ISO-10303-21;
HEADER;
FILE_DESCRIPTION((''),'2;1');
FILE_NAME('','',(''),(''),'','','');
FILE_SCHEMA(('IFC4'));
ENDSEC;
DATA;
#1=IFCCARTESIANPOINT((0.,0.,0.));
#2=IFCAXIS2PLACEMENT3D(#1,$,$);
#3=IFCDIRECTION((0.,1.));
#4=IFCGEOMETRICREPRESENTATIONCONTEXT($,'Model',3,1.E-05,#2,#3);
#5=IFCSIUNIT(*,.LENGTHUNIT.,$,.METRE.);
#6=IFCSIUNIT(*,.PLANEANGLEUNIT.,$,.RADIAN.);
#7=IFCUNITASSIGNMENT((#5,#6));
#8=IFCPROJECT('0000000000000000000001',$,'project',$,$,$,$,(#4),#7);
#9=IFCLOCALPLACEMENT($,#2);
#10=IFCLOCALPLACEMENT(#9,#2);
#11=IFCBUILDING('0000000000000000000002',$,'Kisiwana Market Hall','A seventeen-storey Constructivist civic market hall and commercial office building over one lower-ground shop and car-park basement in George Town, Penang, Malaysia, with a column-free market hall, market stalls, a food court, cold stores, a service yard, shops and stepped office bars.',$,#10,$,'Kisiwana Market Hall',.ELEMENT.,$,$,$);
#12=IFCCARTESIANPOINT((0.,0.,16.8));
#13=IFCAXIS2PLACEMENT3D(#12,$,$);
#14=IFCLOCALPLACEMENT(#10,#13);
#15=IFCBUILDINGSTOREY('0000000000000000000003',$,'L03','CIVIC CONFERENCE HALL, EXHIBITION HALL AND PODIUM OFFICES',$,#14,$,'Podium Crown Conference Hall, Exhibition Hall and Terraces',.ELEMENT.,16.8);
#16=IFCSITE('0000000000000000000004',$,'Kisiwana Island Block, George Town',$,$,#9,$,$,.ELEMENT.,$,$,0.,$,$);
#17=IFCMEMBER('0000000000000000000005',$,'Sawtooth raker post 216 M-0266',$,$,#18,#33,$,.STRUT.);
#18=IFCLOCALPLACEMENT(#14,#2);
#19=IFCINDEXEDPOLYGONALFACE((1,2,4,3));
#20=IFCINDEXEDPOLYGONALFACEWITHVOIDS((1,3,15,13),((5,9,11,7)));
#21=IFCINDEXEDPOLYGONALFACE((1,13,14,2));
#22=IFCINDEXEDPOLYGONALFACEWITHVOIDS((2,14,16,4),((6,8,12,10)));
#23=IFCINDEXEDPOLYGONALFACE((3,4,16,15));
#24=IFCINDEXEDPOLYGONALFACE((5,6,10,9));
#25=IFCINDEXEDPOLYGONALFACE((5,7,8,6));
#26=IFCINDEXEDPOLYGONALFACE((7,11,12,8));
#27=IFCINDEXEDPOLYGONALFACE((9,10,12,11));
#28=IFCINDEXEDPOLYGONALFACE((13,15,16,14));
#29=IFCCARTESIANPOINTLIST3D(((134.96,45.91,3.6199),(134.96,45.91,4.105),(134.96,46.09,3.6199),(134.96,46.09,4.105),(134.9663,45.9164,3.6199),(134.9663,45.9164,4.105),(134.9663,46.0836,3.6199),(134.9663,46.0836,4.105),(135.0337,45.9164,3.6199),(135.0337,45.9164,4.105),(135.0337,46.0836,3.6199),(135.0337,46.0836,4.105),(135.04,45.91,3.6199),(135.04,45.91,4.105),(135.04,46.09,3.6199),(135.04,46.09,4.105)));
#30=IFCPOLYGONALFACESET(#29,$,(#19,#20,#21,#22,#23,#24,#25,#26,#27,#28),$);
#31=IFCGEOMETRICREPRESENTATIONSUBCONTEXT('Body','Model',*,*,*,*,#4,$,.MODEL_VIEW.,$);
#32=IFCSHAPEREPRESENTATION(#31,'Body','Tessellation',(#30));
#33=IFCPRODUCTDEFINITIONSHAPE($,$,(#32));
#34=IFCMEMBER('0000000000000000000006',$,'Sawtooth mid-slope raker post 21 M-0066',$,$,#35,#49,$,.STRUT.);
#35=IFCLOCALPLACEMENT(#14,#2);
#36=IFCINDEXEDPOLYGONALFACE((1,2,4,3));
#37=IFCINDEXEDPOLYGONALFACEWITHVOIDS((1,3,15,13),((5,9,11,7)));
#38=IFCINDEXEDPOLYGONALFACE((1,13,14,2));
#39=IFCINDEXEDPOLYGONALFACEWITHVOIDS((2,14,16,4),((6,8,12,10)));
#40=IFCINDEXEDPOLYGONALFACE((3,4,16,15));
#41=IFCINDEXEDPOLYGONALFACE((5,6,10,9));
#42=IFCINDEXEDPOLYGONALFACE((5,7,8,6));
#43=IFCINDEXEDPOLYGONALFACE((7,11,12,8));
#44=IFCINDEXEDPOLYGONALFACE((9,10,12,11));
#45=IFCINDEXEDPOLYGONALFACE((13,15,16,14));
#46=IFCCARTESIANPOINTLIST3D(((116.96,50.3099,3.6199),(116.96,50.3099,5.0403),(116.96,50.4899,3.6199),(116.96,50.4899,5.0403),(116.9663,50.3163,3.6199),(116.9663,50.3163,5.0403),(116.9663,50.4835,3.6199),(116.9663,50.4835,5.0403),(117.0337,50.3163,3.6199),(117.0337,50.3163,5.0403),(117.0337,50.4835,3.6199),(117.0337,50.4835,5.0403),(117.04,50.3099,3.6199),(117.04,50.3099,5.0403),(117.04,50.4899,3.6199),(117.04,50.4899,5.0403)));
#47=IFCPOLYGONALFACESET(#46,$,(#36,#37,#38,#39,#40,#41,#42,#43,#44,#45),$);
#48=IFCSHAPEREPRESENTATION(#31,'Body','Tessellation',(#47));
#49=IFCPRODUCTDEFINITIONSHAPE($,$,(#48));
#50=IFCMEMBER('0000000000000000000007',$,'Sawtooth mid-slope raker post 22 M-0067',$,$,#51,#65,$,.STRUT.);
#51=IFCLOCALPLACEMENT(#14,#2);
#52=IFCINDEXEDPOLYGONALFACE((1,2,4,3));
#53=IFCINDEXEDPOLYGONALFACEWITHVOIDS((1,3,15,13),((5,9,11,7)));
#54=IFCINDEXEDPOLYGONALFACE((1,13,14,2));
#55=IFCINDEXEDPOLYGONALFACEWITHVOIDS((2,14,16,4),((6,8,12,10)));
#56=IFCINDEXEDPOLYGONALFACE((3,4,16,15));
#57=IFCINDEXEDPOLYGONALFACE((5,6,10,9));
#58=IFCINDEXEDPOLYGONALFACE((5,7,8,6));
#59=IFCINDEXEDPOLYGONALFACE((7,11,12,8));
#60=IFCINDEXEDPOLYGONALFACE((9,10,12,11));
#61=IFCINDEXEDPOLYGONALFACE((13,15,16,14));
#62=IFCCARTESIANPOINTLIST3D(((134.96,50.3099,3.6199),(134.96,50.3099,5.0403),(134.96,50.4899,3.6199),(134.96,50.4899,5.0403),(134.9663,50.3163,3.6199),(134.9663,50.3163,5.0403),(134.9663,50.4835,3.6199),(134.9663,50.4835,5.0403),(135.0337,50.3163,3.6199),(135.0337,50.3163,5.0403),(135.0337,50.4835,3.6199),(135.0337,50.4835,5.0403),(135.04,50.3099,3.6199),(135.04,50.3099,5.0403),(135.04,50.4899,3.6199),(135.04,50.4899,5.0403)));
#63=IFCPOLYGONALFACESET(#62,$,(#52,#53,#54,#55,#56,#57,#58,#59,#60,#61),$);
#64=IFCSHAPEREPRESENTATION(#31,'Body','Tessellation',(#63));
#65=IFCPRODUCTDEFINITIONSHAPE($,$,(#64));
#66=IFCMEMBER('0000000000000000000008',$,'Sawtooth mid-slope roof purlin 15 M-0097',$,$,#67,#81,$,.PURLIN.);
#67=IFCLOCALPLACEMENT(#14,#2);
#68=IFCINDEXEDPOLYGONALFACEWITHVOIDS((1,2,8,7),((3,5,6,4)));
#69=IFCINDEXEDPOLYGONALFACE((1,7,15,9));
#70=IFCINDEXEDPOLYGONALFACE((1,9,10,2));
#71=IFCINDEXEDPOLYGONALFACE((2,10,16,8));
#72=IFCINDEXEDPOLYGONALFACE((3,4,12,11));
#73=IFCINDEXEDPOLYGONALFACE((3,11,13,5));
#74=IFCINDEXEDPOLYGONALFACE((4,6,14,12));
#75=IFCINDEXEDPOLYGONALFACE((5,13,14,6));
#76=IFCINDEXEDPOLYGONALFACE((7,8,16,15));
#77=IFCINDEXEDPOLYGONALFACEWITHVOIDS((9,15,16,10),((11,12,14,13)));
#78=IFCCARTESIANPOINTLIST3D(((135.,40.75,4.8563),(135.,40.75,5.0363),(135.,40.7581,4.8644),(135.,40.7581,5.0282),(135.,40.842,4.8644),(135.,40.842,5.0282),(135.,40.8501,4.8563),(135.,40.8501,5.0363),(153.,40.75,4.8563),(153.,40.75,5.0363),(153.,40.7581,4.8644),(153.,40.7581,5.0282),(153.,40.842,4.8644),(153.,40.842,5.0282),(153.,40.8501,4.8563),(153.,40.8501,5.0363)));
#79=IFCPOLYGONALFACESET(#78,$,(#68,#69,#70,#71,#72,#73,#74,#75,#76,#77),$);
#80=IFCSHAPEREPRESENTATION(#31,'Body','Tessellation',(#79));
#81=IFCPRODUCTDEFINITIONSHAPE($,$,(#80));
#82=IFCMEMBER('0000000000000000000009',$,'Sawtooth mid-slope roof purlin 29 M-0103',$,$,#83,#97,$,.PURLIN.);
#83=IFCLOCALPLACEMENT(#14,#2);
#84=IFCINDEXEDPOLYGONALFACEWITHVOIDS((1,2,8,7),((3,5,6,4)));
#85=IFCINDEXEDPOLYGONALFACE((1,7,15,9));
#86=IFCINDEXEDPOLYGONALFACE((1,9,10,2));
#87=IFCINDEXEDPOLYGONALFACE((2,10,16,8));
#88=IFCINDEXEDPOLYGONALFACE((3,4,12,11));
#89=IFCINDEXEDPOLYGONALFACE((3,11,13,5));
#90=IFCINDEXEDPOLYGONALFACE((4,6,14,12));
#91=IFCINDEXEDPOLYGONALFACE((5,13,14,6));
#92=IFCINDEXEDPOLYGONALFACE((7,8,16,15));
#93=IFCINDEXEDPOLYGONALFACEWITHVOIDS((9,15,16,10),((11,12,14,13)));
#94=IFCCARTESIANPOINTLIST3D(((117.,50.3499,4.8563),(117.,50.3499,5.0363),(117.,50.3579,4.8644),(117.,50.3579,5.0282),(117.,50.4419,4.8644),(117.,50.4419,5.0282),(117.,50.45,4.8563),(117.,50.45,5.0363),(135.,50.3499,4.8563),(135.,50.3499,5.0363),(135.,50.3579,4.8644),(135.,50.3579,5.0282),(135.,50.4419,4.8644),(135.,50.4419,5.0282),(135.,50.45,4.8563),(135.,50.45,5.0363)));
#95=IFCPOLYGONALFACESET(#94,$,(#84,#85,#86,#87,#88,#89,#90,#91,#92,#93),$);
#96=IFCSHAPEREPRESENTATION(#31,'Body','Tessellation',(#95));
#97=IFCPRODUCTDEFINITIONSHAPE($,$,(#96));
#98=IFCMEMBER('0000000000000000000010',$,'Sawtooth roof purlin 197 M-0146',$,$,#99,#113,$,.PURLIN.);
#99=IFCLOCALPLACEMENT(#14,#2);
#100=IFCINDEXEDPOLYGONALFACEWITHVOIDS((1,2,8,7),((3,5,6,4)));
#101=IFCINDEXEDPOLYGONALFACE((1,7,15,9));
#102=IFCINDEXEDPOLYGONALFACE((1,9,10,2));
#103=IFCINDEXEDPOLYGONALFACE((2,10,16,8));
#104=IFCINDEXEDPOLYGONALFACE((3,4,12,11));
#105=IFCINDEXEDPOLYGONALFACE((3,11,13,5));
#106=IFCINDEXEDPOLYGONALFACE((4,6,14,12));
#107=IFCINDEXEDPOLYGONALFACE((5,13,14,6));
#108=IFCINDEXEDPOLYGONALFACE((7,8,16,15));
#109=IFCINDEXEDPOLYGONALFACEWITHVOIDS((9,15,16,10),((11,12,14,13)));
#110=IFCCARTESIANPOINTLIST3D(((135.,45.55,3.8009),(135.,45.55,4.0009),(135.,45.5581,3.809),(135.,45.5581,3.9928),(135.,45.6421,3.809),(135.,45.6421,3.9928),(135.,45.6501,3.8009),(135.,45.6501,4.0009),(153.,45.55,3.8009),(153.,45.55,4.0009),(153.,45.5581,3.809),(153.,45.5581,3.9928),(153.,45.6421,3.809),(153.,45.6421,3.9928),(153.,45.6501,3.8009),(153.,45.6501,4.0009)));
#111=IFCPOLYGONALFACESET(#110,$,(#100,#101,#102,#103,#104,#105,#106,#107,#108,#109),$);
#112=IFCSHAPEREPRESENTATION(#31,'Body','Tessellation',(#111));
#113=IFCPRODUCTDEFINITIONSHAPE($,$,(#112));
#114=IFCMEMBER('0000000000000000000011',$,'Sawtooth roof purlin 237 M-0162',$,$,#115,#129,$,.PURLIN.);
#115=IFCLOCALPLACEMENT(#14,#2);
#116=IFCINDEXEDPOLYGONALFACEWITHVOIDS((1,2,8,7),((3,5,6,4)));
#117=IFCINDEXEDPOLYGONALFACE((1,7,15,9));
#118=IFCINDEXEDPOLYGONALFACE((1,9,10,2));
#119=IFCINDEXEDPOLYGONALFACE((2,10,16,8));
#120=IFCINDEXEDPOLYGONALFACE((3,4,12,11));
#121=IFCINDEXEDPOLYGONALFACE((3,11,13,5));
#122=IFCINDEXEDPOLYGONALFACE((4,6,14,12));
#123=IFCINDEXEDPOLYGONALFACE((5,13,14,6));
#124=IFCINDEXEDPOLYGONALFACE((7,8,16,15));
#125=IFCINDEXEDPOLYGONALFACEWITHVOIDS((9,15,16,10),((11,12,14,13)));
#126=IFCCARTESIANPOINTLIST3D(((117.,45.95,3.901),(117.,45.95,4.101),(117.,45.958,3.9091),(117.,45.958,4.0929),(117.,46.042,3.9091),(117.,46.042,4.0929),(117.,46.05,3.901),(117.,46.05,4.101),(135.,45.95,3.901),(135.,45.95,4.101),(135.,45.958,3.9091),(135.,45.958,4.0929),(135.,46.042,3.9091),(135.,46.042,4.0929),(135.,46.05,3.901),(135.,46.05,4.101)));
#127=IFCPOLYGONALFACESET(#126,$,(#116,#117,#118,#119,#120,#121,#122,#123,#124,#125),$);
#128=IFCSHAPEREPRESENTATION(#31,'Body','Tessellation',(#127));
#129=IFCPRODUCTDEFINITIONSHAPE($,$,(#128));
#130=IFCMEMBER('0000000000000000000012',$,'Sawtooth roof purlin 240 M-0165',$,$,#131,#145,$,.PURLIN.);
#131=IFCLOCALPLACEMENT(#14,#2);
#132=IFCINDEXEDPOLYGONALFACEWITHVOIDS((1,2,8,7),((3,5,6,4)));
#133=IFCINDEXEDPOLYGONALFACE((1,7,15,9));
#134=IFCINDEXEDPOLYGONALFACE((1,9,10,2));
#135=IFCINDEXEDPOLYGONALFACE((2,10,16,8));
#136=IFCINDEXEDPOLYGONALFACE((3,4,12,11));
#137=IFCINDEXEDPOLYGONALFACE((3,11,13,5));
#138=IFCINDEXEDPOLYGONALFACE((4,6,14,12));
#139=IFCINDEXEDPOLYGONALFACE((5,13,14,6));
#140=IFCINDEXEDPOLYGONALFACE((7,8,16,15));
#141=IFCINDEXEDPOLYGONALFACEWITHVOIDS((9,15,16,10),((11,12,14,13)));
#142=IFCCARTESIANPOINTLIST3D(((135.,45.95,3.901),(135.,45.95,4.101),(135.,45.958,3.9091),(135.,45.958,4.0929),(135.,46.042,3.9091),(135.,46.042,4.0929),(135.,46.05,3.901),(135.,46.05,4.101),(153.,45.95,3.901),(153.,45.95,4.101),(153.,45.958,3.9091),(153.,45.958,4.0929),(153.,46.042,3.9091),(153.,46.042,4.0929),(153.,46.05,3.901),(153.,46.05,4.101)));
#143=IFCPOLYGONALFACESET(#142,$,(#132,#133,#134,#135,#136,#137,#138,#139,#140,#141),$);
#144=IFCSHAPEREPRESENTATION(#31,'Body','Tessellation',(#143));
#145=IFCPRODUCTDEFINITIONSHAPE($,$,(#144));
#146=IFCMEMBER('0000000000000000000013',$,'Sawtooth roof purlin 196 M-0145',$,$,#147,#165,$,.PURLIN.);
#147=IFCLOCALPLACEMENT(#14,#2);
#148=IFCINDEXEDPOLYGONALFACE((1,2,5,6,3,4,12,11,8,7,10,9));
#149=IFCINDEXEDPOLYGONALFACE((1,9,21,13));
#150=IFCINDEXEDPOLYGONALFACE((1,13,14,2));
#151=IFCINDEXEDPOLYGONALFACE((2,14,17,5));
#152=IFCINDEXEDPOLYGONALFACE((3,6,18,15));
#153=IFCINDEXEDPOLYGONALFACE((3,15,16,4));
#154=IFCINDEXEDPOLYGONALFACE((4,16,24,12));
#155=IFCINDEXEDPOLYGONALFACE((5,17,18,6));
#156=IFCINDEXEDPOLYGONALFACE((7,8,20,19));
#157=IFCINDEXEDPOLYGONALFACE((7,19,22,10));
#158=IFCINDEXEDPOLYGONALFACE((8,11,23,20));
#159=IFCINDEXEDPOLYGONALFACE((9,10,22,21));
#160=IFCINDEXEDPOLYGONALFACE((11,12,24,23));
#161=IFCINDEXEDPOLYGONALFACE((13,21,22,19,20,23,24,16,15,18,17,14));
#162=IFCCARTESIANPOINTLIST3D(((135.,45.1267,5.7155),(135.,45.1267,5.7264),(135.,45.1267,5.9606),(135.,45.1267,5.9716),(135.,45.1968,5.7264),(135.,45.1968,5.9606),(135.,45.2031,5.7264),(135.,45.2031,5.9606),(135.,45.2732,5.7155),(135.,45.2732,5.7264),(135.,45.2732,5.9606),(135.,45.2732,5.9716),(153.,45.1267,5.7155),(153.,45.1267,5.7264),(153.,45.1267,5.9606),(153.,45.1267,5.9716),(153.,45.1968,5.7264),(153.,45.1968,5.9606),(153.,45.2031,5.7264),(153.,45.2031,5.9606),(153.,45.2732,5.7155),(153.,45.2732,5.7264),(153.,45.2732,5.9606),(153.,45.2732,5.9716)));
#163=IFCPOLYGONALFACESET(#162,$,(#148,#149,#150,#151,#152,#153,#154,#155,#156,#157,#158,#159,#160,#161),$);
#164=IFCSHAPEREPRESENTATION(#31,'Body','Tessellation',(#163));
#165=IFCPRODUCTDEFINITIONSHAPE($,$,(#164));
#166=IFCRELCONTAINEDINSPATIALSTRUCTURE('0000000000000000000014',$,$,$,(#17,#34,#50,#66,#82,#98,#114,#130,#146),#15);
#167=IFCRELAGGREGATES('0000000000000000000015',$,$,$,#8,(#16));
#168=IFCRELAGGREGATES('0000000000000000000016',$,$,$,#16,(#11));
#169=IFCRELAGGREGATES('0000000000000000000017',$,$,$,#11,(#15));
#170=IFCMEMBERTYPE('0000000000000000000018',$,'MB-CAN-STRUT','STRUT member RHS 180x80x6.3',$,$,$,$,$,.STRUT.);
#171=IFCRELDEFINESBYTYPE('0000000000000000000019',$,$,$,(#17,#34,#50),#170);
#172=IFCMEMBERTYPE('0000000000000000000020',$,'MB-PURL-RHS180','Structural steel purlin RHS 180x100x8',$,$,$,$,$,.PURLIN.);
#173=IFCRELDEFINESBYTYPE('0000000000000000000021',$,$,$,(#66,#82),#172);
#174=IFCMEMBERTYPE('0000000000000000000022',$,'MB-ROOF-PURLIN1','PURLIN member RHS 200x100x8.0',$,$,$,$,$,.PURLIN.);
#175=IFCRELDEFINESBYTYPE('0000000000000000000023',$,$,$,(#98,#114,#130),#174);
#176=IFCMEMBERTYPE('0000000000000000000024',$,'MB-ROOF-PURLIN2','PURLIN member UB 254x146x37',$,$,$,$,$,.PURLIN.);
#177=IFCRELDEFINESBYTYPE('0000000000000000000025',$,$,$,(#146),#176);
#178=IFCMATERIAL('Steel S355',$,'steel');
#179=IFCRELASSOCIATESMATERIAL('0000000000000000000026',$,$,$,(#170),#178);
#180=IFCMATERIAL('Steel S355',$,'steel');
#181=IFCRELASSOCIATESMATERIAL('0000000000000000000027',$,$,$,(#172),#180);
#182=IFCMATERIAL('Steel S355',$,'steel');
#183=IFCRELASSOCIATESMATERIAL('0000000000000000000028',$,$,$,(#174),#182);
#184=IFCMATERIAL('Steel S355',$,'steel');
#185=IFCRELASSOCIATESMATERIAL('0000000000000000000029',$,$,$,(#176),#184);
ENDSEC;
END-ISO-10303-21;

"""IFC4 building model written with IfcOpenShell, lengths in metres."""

from ifc_helpers import new_model, si_unit, direction, frame, origin, origin_2d, place, context, subcontext, project, spatial, hollow_rectangle, i_section, extrude, material, material_profile, profile_set, type_object, element, save


model = new_model("IFC4")

# Units and contexts
model_context = context("Model", 3, precision=1e-05, world=origin(), true_north=direction((0.0, 1.0)))
body_context = subcontext(model_context, "Body", "Model", "MODEL_VIEW")
ifc_project = project(units=[si_unit("LENGTHUNIT", "METRE"), si_unit("PLANEANGLEUNIT", "RADIAN")], contexts=[model_context])

# Site, building, storey
site_placement = place(None, origin())
site = spatial("IfcSite", under=ifc_project, at=site_placement, Name="Kisiwana Island Block, George Town", CompositionType="ELEMENT", RefElevation=0.0)
building_placement = place(site_placement, origin())
building = spatial("IfcBuilding", under=site, at=building_placement, Name="Kisiwana Market Hall", Description="A seventeen-storey Constructivist civic market hall and commercial office building over one lower-ground shop and car-park basement in George Town, Penang, Malaysia, with a column-free market hall, market stalls, a food court, cold stores, a service yard, shops and stepped office bars.", LongName="Kisiwana Market Hall", CompositionType="ELEMENT")
storey_placement = place(building_placement, frame((0.0, 0.0, 16.8)))
storey = spatial("IfcBuildingStorey", under=building, at=storey_placement, Name="L03", Description="CIVIC CONFERENCE HALL, EXHIBITION HALL AND PODIUM OFFICES", LongName="Podium Crown Conference Hall, Exhibition Hall and Terraces", CompositionType="ELEMENT", Elevation=16.8)

# Members
ifc_material_1 = material(Name="Steel S355", Category="steel")
ifc_material_profile_1 = material_profile(ifc_material_1, hollow_rectangle(XDim=0.0801, YDim=0.1799, WallThickness=0.0063, at=origin_2d()), Name="RHS 180x80x6.3")
ifc_profile_set_1 = profile_set([ifc_material_profile_1], Name="Steel S355")
member_type_1 = type_object("IfcMemberType", Name="MB-CAN-STRUT", Description="STRUT member RHS 180x80x6.3", PredefinedType="STRUT", material=ifc_profile_set_1)
for number, where, z_axis, x_axis, name in (
    (1, (135.0, 46.0, 3.6199), (0.0, 0.0, 1.0), (1.0, 0.0, 0.0), "Sawtooth raker post 216 M-0266"),
):
    element("IfcMember", number, at=place(storey_placement, frame(where, z_axis=z_axis, x_axis=x_axis)), inside=storey, type_object=member_type_1, Name=name, PredefinedType="STRUT", context=body_context, shape_type="SweptSolid", body=[
        extrude(hollow_rectangle(XDim=0.0801, YDim=0.1799, WallThickness=0.0063, at=origin_2d()), origin(), (0.0, 0.0, 1.0), 0.4851),
    ])
for number, where, z_axis, x_axis, name in (
    (2, (117.0, 50.3999, 3.6199), (0.0, 0.0, 1.0), (1.0, 0.0, 0.0), "Sawtooth mid-slope raker post 21 M-0066"),
    (3, (135.0, 50.3999, 3.6199), (0.0, 0.0, 1.0), (1.0, 0.0, 0.0), "Sawtooth mid-slope raker post 22 M-0067"),
):
    element("IfcMember", number, at=place(storey_placement, frame(where, z_axis=z_axis, x_axis=x_axis)), inside=storey, type_object=member_type_1, Name=name, PredefinedType="STRUT", context=body_context, shape_type="SweptSolid", body=[
        extrude(hollow_rectangle(XDim=0.0801, YDim=0.1799, WallThickness=0.0063, at=origin_2d()), origin(), (0.0, 0.0, 1.0), 1.4204),
    ])
ifc_material_2 = material(Name="Steel S355", Category="steel")
ifc_material_profile_2 = material_profile(ifc_material_2, hollow_rectangle(XDim=0.1001, YDim=0.1799, WallThickness=0.0081, at=origin_2d()), Name="RHS 180x100x8")
ifc_profile_set_2 = profile_set([ifc_material_profile_2], Name="Steel S355")
member_type_2 = type_object("IfcMemberType", Name="MB-PURL-RHS180", Description="Structural steel purlin RHS 180x100x8", PredefinedType="PURLIN", material=ifc_profile_set_2)
for number, where, z_axis, x_axis, name in (
    (4, (135.0, 40.8, 4.9463), (1.0, 0.0, 0.0), (0.0, 1.0, 0.0), "Sawtooth mid-slope roof purlin 15 M-0097"),
    (5, (117.0, 50.3999, 4.9463), (1.0, 0.0, 0.0), (0.0, 1.0, 0.0), "Sawtooth mid-slope roof purlin 29 M-0103"),
):
    element("IfcMember", number, at=place(storey_placement, frame(where, z_axis=z_axis, x_axis=x_axis)), inside=storey, type_object=member_type_2, Name=name, PredefinedType="PURLIN", context=body_context, shape_type="SweptSolid", body=[
        extrude(hollow_rectangle(XDim=0.1001, YDim=0.1799, WallThickness=0.0081, at=origin_2d()), origin(), (0.0, 0.0, 1.0), 18.0),
    ])
ifc_material_3 = material(Name="Steel S355", Category="steel")
ifc_material_profile_3 = material_profile(ifc_material_3, hollow_rectangle(XDim=0.1001, YDim=0.2, WallThickness=0.0081, at=origin_2d()), Name="RHS 200x100x8.0")
ifc_profile_set_3 = profile_set([ifc_material_profile_3], Name="Steel S355")
member_type_3 = type_object("IfcMemberType", Name="MB-ROOF-PURLIN1", Description="PURLIN member RHS 200x100x8.0", PredefinedType="PURLIN", material=ifc_profile_set_3)
for number, where, z_axis, x_axis, name in (
    (6, (135.0, 45.6001, 3.9009), (1.0, 0.0, 0.0), (0.0, 1.0, 0.0), "Sawtooth roof purlin 197 M-0146"),
    (7, (117.0, 46.0, 4.001), (1.0, 0.0, 0.0), (0.0, 1.0, 0.0), "Sawtooth roof purlin 237 M-0162"),
    (8, (135.0, 46.0, 4.001), (1.0, 0.0, 0.0), (0.0, 1.0, 0.0), "Sawtooth roof purlin 240 M-0165"),
):
    element("IfcMember", number, at=place(storey_placement, frame(where, z_axis=z_axis, x_axis=x_axis)), inside=storey, type_object=member_type_3, Name=name, PredefinedType="PURLIN", context=body_context, shape_type="SweptSolid", body=[
        extrude(hollow_rectangle(XDim=0.1001, YDim=0.2, WallThickness=0.0081, at=origin_2d()), origin(), (0.0, 0.0, 1.0), 18.0),
    ])
ifc_material_4 = material(Name="Steel S355", Category="steel")
ifc_material_profile_4 = material_profile(ifc_material_4, i_section(OverallWidth=0.1465, OverallDepth=0.2561, WebThickness=0.0063, FlangeThickness=0.011, at=origin_2d()), Name="UB 254x146x37")
ifc_profile_set_4 = profile_set([ifc_material_profile_4], Name="Steel S355")
member_type_4 = type_object("IfcMemberType", Name="MB-ROOF-PURLIN2", Description="PURLIN member UB 254x146x37", PredefinedType="PURLIN", material=ifc_profile_set_4)
member_1_placement = place(storey_placement, frame((135.0, 45.2, 5.8435), z_axis=(1.0, 0.0, 0.0), x_axis=(0.0, 1.0, 0.0)))
element("IfcMember", 9, at=member_1_placement, inside=storey, type_object=member_type_4, Name="Sawtooth roof purlin 196 M-0145", PredefinedType="PURLIN", context=body_context, shape_type="SweptSolid", body=[
    extrude(i_section(OverallWidth=0.1465, OverallDepth=0.2561, WebThickness=0.0063, FlangeThickness=0.011, at=origin_2d()), origin(), (0.0, 0.0, 1.0), 18.0),
])

save(model, "model.ifc")
